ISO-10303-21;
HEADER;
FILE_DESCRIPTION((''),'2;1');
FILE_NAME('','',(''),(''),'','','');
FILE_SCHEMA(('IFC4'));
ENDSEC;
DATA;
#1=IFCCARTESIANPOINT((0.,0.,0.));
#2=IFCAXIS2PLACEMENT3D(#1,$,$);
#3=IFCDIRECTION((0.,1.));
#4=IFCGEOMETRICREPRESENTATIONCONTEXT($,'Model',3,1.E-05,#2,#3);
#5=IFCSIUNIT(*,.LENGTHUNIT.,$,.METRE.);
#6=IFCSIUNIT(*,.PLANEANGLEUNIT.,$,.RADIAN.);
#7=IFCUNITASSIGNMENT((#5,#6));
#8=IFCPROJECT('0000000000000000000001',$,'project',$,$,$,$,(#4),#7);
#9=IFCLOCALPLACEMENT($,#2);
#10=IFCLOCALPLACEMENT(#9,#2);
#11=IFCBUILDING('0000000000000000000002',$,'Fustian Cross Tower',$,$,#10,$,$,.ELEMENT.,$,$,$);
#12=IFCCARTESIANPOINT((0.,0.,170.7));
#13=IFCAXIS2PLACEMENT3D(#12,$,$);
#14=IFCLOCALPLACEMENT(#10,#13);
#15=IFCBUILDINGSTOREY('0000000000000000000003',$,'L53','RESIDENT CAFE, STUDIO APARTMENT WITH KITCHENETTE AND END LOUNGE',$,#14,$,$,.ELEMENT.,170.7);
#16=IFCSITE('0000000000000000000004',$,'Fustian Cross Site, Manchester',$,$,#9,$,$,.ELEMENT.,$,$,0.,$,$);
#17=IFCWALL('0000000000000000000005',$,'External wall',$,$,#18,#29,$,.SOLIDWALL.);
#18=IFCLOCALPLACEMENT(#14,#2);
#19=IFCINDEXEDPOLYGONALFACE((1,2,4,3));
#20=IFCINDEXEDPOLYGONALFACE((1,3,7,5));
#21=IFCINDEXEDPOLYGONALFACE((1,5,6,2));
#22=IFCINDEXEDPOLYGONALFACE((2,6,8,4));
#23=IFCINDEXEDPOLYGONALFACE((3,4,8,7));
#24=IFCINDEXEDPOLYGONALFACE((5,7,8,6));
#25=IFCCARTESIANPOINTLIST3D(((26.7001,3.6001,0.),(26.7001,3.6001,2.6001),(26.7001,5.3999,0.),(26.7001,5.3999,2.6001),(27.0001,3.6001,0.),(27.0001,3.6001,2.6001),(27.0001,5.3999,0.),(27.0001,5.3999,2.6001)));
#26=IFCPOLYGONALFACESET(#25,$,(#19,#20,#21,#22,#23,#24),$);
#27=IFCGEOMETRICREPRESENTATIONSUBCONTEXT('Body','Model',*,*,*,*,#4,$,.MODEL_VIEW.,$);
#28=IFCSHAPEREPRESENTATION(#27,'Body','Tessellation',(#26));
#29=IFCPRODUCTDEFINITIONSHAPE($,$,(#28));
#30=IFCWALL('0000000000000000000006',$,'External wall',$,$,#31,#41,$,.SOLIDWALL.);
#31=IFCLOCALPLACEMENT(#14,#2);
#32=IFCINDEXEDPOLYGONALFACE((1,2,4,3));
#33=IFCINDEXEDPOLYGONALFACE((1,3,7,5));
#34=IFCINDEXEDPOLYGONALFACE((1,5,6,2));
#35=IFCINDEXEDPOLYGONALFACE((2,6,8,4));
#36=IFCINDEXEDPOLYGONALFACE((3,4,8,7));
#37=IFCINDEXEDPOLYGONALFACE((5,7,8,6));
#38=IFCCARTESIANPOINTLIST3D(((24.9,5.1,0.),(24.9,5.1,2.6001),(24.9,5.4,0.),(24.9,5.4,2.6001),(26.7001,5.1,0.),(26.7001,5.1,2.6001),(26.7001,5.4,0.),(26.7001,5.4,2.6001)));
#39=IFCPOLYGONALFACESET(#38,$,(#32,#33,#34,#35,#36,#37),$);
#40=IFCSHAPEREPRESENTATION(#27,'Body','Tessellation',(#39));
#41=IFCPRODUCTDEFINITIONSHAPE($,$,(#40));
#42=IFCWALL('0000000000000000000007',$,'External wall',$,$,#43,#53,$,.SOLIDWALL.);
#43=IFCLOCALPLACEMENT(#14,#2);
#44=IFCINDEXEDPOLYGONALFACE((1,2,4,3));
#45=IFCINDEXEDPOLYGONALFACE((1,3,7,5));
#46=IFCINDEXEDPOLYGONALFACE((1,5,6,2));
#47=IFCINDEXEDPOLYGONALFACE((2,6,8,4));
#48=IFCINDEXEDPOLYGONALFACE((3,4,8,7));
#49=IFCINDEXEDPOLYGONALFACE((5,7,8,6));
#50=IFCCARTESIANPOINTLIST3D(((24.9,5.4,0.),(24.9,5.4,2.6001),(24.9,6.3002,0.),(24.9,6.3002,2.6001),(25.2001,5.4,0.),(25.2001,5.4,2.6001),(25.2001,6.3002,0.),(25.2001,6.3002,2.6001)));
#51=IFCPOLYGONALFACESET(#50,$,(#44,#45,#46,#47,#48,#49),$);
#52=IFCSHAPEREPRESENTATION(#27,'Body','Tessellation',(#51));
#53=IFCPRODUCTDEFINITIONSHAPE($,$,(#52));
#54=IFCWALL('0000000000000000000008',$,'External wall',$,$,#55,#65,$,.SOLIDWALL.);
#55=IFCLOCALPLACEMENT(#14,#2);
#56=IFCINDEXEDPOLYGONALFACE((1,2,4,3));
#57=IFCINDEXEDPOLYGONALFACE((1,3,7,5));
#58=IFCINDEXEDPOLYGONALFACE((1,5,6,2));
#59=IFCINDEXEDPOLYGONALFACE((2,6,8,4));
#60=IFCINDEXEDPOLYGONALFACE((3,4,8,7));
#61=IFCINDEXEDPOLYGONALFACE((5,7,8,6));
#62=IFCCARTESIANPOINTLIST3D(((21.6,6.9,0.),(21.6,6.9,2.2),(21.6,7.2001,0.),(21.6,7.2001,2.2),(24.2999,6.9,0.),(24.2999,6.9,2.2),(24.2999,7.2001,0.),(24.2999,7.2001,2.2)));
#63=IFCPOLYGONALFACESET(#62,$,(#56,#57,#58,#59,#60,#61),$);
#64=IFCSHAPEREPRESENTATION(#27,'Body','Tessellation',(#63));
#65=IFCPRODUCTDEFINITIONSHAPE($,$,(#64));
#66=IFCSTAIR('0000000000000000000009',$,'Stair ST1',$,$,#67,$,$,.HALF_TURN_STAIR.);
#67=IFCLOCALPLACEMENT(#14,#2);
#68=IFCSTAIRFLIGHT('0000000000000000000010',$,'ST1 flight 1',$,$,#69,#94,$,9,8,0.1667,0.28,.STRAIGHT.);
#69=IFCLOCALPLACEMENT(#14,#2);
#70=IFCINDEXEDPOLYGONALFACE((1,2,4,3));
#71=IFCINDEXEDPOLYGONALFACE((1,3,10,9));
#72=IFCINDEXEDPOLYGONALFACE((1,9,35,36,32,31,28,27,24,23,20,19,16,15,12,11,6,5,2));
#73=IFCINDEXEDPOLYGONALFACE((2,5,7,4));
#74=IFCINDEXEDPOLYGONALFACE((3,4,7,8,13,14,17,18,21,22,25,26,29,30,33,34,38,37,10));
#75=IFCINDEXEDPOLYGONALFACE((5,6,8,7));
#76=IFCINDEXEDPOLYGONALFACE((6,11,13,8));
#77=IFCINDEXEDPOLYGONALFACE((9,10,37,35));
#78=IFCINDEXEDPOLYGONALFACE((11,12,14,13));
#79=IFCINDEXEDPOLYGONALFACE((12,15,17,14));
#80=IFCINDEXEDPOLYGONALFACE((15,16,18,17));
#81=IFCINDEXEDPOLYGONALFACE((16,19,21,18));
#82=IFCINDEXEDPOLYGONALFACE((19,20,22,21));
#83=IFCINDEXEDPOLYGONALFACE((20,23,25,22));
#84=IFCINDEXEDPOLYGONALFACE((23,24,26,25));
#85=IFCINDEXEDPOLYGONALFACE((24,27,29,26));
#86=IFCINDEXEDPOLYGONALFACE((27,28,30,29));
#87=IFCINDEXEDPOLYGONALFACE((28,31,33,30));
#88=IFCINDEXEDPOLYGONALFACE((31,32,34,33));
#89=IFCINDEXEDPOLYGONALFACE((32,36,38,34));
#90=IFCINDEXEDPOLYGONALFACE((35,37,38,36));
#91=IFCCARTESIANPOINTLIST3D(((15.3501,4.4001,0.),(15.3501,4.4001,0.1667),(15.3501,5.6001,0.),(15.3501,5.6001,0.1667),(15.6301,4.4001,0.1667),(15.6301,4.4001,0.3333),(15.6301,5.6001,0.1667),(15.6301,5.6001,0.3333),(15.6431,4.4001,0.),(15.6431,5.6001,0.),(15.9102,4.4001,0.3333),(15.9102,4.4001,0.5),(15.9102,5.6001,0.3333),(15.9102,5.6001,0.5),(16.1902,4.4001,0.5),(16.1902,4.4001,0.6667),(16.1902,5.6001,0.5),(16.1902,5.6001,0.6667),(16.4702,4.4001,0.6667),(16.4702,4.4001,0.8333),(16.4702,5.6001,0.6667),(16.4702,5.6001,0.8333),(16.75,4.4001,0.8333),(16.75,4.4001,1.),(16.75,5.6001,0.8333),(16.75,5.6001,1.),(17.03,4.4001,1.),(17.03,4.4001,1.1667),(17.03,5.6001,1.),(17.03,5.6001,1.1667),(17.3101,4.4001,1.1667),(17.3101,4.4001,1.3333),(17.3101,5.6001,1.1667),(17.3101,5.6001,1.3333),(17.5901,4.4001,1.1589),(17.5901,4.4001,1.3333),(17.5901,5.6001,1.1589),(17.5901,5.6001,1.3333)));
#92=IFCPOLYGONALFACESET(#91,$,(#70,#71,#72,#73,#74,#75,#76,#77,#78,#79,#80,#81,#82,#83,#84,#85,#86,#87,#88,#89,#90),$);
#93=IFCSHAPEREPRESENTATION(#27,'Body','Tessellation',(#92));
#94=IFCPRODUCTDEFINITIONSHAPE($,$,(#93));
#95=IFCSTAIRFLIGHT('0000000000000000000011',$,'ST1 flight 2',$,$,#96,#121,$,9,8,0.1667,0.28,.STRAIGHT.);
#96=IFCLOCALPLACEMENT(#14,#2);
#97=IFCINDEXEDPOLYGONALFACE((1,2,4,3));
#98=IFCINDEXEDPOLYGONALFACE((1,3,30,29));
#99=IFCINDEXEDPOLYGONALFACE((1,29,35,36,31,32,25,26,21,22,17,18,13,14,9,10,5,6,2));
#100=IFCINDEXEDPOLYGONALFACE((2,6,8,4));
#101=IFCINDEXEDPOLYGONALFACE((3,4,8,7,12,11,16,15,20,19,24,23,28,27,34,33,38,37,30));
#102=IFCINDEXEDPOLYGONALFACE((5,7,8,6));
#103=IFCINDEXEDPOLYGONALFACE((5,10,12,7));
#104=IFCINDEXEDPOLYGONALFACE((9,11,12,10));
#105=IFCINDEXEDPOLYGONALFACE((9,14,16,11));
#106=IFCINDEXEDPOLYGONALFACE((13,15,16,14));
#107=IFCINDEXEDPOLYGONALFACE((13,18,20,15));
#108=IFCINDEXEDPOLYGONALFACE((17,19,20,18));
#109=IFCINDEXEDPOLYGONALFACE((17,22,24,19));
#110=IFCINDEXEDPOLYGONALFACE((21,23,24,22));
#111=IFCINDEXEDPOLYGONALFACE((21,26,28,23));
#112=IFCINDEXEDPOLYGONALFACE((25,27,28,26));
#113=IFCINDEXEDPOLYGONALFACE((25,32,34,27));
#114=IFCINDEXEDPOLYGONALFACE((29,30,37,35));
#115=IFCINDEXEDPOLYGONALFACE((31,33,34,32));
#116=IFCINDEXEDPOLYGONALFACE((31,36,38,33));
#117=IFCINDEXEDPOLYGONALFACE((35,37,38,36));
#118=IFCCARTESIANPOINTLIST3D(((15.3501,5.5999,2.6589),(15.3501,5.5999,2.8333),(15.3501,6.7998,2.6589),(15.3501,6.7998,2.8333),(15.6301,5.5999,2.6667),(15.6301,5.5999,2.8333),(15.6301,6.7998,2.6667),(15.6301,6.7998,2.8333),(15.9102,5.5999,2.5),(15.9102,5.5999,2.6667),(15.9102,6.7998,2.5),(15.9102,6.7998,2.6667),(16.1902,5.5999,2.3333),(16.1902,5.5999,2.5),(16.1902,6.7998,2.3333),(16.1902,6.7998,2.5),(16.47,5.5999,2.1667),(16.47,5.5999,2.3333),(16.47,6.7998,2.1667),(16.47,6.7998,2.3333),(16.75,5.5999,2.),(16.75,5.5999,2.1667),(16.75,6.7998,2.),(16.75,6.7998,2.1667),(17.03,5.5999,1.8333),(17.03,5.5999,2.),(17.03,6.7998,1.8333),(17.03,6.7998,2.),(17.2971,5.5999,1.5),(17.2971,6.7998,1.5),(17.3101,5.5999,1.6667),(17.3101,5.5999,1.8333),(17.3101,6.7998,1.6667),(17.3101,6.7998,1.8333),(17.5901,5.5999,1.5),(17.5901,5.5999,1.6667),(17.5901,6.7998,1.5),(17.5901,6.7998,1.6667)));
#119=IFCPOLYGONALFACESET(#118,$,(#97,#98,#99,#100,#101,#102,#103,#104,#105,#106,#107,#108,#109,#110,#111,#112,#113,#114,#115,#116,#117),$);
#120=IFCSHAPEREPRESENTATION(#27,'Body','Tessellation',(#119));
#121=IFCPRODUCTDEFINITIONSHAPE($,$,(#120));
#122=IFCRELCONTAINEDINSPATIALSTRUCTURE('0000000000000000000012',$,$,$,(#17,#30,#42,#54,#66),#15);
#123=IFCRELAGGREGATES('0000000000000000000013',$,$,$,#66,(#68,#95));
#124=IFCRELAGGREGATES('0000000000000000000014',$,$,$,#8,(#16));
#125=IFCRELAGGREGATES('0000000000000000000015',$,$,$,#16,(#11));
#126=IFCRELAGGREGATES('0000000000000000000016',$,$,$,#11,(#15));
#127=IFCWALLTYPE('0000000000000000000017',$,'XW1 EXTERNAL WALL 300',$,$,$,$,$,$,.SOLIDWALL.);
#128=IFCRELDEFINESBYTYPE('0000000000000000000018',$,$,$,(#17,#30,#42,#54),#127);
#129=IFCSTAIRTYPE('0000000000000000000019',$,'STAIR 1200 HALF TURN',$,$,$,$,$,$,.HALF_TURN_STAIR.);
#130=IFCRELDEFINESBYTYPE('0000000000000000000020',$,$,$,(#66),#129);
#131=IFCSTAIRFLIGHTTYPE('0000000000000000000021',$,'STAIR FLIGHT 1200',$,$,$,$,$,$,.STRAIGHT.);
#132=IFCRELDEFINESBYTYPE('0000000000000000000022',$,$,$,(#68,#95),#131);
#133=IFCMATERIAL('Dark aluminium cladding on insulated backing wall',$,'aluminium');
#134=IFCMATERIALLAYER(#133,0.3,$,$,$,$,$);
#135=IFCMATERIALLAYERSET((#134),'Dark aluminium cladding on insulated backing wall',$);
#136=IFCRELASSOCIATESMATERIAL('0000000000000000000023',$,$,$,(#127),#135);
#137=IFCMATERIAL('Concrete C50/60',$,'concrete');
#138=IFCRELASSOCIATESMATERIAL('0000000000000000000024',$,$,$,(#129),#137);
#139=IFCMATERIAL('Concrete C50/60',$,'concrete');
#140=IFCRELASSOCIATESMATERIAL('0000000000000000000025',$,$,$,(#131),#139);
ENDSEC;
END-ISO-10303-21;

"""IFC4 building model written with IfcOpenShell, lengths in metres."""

from ifc_helpers import new_model, si_unit, direction, frame, frame_2d, origin, place, context, subcontext, project, spatial, polyline, rectangle, outline, extrude, material, layer, layer_set, type_object, element, aggregate, save


model = new_model("IFC4")

# Units and contexts
model_context = context("Model", 3, precision=1e-05, world=origin(), true_north=direction((0.0, 1.0)))
body_context = subcontext(model_context, "Body", "Model", "MODEL_VIEW")
ifc_project = project(units=[si_unit("LENGTHUNIT", "METRE"), si_unit("PLANEANGLEUNIT", "RADIAN")], contexts=[model_context])

# Site, building, storey
site_placement = place(None, origin())
site = spatial("IfcSite", under=ifc_project, at=site_placement, Name="Fustian Cross Site, Manchester", CompositionType="ELEMENT", RefElevation=0.0)
building_placement = place(site_placement, origin())
building = spatial("IfcBuilding", under=site, at=building_placement, Name="Fustian Cross Tower", CompositionType="ELEMENT")
storey_placement = place(building_placement, frame((0.0, 0.0, 170.7)))
storey = spatial("IfcBuildingStorey", under=building, at=storey_placement, Name="L53", Description="RESIDENT CAFE, STUDIO APARTMENT WITH KITCHENETTE AND END LOUNGE", CompositionType="ELEMENT", Elevation=170.7)

# Walls
ifc_material_1 = material(Name="Dark aluminium cladding on insulated backing wall", Category="aluminium")
ifc_layer_1 = layer(ifc_material_1, 0.3)
ifc_layer_set_1 = layer_set([ifc_layer_1], Name="Dark aluminium cladding on insulated backing wall")
wall_type_1 = type_object("IfcWallType", Name="XW1 EXTERNAL WALL 300", PredefinedType="SOLIDWALL", material=ifc_layer_set_1)
wall_1_placement = place(storey_placement, frame((26.8501, 3.6001, 0.0), z_axis=(0.0, 0.0, 1.0), x_axis=(0.0, 1.0, 0.0)))
element("IfcWall", 1, at=wall_1_placement, inside=storey, type_object=wall_type_1, Name="External wall", PredefinedType="SOLIDWALL", context=body_context, shape_type="SweptSolid", body=[
    extrude(rectangle(XDim=1.7998, YDim=0.3, at=frame_2d((0.8999, 0.0))), origin(), (0.0, 0.0, 1.0), 2.6001),
])
wall_2_placement = place(storey_placement, frame((26.7, 5.25, 0.0), z_axis=(0.0, 0.0, 1.0), x_axis=(-1.0, 0.0, 0.0)))
element("IfcWall", 2, at=wall_2_placement, inside=storey, type_object=wall_type_1, Name="External wall", PredefinedType="SOLIDWALL", context=body_context, shape_type="SweptSolid", body=[
    extrude(rectangle(XDim=1.8, YDim=0.3, at=frame_2d((0.8999, 0.0))), origin(), (0.0, 0.0, 1.0), 2.6001),
])
wall_3_placement = place(storey_placement, frame((25.05, 5.3999, 0.0), z_axis=(0.0, 0.0, 1.0), x_axis=(0.0, 1.0, 0.0)))
element("IfcWall", 3, at=wall_3_placement, inside=storey, type_object=wall_type_1, Name="External wall", PredefinedType="SOLIDWALL", context=body_context, shape_type="SweptSolid", body=[
    extrude(rectangle(XDim=0.9001, YDim=0.3, at=frame_2d((0.4502, 0.0))), origin(), (0.0, 0.0, 1.0), 2.6001),
])
wall_4_placement = place(storey_placement, frame((24.3, 7.05, 0.0), z_axis=(0.0, 0.0, 1.0), x_axis=(-1.0, 0.0, 0.0)))
element("IfcWall", 4, at=wall_4_placement, inside=storey, type_object=wall_type_1, Name="External wall", PredefinedType="SOLIDWALL", context=body_context, shape_type="SweptSolid", body=[
    extrude(rectangle(XDim=2.7, YDim=0.3, at=frame_2d((1.3501, 0.0))), origin(), (0.0, 0.0, 1.0), 2.2),
])

# Stair, stair flights
ifc_material_2 = material(Name="Concrete C50/60", Category="concrete")
stair_type = type_object("IfcStairType", Name="STAIR 1200 HALF TURN", PredefinedType="HALF_TURN_STAIR", material=ifc_material_2)
stair_placement = place(storey_placement, origin())
stair = element("IfcStair", 5, at=stair_placement, inside=storey, type_object=stair_type, Name="Stair ST1", PredefinedType="HALF_TURN_STAIR")
ifc_material_3 = material(Name="Concrete C50/60", Category="concrete")
stair_flight_type = type_object("IfcStairFlightType", Name="STAIR FLIGHT 1200", PredefinedType="STRAIGHT", material=ifc_material_3)
stair_flight_1_placement = place(storey_placement, frame((15.3501, 5.0, 0.0), z_axis=(0.0, 0.0, 1.0), x_axis=(1.0, 0.0, 0.0)))
stair_flight_1 = element("IfcStairFlight", 6, at=stair_flight_1_placement, type_object=stair_flight_type, Name="ST1 flight 1", NumberOfRisers=9, NumberOfTreads=8, PredefinedType="STRAIGHT", RiserHeight=0.1667, TreadLength=0.28, context=body_context, shape_type="SweptSolid", body=[
    extrude(outline(polyline([(0.0, 0.0), (0.0, 0.1667), (0.28, 0.1667), (0.28, 0.3333), (0.5601, 0.3333), (0.5601, 0.5), (0.8401, 0.5), (0.8401, 0.6667), (1.1201, 0.6667), (1.1201, 0.8333), (1.3999, 0.8333), (1.3999, 1.0), (1.6799, 1.0), (1.6799, 1.1667), (1.96, 1.1667), (1.96, 1.3333), (2.24, 1.3333), (2.24, 1.5), (2.24, 1.1589), (0.293, 0.0), (0.0, 0.0)])), frame((0.0, 0.6001, 0.0), z_axis=(0.0, -1.0, 0.0), x_axis=(1.0, 0.0, 0.0)), (0.0, 0.0, 1.0), 1.2),
])
stair_flight_2_placement = place(storey_placement, frame((17.5901, 6.2, 1.5), z_axis=(0.0, 0.0, 1.0), x_axis=(-1.0, 0.0, 0.0)))
stair_flight_2 = element("IfcStairFlight", 7, at=stair_flight_2_placement, type_object=stair_flight_type, Name="ST1 flight 2", NumberOfRisers=9, NumberOfTreads=8, PredefinedType="STRAIGHT", RiserHeight=0.1667, TreadLength=0.28, context=body_context, shape_type="SweptSolid", body=[
    extrude(outline(polyline([(0.0, 0.0), (0.0, 0.1667), (0.28, 0.1667), (0.28, 0.3333), (0.5601, 0.3333), (0.5601, 0.5), (0.8401, 0.5), (0.8401, 0.6667), (1.1201, 0.6667), (1.1201, 0.8333), (1.3999, 0.8333), (1.3999, 1.0), (1.6799, 1.0), (1.6799, 1.1667), (1.96, 1.1667), (1.96, 1.3333), (2.24, 1.3333), (2.24, 1.5), (2.24, 1.1589), (0.293, 0.0), (0.0, 0.0)])), frame((0.0, 0.6001, 0.0), z_axis=(0.0, -1.0, 0.0), x_axis=(1.0, 0.0, 0.0)), (0.0, 0.0, 1.0), 1.2),
])
aggregate(stair, [stair_flight_1, stair_flight_2])

save(model, "model.ifc")
